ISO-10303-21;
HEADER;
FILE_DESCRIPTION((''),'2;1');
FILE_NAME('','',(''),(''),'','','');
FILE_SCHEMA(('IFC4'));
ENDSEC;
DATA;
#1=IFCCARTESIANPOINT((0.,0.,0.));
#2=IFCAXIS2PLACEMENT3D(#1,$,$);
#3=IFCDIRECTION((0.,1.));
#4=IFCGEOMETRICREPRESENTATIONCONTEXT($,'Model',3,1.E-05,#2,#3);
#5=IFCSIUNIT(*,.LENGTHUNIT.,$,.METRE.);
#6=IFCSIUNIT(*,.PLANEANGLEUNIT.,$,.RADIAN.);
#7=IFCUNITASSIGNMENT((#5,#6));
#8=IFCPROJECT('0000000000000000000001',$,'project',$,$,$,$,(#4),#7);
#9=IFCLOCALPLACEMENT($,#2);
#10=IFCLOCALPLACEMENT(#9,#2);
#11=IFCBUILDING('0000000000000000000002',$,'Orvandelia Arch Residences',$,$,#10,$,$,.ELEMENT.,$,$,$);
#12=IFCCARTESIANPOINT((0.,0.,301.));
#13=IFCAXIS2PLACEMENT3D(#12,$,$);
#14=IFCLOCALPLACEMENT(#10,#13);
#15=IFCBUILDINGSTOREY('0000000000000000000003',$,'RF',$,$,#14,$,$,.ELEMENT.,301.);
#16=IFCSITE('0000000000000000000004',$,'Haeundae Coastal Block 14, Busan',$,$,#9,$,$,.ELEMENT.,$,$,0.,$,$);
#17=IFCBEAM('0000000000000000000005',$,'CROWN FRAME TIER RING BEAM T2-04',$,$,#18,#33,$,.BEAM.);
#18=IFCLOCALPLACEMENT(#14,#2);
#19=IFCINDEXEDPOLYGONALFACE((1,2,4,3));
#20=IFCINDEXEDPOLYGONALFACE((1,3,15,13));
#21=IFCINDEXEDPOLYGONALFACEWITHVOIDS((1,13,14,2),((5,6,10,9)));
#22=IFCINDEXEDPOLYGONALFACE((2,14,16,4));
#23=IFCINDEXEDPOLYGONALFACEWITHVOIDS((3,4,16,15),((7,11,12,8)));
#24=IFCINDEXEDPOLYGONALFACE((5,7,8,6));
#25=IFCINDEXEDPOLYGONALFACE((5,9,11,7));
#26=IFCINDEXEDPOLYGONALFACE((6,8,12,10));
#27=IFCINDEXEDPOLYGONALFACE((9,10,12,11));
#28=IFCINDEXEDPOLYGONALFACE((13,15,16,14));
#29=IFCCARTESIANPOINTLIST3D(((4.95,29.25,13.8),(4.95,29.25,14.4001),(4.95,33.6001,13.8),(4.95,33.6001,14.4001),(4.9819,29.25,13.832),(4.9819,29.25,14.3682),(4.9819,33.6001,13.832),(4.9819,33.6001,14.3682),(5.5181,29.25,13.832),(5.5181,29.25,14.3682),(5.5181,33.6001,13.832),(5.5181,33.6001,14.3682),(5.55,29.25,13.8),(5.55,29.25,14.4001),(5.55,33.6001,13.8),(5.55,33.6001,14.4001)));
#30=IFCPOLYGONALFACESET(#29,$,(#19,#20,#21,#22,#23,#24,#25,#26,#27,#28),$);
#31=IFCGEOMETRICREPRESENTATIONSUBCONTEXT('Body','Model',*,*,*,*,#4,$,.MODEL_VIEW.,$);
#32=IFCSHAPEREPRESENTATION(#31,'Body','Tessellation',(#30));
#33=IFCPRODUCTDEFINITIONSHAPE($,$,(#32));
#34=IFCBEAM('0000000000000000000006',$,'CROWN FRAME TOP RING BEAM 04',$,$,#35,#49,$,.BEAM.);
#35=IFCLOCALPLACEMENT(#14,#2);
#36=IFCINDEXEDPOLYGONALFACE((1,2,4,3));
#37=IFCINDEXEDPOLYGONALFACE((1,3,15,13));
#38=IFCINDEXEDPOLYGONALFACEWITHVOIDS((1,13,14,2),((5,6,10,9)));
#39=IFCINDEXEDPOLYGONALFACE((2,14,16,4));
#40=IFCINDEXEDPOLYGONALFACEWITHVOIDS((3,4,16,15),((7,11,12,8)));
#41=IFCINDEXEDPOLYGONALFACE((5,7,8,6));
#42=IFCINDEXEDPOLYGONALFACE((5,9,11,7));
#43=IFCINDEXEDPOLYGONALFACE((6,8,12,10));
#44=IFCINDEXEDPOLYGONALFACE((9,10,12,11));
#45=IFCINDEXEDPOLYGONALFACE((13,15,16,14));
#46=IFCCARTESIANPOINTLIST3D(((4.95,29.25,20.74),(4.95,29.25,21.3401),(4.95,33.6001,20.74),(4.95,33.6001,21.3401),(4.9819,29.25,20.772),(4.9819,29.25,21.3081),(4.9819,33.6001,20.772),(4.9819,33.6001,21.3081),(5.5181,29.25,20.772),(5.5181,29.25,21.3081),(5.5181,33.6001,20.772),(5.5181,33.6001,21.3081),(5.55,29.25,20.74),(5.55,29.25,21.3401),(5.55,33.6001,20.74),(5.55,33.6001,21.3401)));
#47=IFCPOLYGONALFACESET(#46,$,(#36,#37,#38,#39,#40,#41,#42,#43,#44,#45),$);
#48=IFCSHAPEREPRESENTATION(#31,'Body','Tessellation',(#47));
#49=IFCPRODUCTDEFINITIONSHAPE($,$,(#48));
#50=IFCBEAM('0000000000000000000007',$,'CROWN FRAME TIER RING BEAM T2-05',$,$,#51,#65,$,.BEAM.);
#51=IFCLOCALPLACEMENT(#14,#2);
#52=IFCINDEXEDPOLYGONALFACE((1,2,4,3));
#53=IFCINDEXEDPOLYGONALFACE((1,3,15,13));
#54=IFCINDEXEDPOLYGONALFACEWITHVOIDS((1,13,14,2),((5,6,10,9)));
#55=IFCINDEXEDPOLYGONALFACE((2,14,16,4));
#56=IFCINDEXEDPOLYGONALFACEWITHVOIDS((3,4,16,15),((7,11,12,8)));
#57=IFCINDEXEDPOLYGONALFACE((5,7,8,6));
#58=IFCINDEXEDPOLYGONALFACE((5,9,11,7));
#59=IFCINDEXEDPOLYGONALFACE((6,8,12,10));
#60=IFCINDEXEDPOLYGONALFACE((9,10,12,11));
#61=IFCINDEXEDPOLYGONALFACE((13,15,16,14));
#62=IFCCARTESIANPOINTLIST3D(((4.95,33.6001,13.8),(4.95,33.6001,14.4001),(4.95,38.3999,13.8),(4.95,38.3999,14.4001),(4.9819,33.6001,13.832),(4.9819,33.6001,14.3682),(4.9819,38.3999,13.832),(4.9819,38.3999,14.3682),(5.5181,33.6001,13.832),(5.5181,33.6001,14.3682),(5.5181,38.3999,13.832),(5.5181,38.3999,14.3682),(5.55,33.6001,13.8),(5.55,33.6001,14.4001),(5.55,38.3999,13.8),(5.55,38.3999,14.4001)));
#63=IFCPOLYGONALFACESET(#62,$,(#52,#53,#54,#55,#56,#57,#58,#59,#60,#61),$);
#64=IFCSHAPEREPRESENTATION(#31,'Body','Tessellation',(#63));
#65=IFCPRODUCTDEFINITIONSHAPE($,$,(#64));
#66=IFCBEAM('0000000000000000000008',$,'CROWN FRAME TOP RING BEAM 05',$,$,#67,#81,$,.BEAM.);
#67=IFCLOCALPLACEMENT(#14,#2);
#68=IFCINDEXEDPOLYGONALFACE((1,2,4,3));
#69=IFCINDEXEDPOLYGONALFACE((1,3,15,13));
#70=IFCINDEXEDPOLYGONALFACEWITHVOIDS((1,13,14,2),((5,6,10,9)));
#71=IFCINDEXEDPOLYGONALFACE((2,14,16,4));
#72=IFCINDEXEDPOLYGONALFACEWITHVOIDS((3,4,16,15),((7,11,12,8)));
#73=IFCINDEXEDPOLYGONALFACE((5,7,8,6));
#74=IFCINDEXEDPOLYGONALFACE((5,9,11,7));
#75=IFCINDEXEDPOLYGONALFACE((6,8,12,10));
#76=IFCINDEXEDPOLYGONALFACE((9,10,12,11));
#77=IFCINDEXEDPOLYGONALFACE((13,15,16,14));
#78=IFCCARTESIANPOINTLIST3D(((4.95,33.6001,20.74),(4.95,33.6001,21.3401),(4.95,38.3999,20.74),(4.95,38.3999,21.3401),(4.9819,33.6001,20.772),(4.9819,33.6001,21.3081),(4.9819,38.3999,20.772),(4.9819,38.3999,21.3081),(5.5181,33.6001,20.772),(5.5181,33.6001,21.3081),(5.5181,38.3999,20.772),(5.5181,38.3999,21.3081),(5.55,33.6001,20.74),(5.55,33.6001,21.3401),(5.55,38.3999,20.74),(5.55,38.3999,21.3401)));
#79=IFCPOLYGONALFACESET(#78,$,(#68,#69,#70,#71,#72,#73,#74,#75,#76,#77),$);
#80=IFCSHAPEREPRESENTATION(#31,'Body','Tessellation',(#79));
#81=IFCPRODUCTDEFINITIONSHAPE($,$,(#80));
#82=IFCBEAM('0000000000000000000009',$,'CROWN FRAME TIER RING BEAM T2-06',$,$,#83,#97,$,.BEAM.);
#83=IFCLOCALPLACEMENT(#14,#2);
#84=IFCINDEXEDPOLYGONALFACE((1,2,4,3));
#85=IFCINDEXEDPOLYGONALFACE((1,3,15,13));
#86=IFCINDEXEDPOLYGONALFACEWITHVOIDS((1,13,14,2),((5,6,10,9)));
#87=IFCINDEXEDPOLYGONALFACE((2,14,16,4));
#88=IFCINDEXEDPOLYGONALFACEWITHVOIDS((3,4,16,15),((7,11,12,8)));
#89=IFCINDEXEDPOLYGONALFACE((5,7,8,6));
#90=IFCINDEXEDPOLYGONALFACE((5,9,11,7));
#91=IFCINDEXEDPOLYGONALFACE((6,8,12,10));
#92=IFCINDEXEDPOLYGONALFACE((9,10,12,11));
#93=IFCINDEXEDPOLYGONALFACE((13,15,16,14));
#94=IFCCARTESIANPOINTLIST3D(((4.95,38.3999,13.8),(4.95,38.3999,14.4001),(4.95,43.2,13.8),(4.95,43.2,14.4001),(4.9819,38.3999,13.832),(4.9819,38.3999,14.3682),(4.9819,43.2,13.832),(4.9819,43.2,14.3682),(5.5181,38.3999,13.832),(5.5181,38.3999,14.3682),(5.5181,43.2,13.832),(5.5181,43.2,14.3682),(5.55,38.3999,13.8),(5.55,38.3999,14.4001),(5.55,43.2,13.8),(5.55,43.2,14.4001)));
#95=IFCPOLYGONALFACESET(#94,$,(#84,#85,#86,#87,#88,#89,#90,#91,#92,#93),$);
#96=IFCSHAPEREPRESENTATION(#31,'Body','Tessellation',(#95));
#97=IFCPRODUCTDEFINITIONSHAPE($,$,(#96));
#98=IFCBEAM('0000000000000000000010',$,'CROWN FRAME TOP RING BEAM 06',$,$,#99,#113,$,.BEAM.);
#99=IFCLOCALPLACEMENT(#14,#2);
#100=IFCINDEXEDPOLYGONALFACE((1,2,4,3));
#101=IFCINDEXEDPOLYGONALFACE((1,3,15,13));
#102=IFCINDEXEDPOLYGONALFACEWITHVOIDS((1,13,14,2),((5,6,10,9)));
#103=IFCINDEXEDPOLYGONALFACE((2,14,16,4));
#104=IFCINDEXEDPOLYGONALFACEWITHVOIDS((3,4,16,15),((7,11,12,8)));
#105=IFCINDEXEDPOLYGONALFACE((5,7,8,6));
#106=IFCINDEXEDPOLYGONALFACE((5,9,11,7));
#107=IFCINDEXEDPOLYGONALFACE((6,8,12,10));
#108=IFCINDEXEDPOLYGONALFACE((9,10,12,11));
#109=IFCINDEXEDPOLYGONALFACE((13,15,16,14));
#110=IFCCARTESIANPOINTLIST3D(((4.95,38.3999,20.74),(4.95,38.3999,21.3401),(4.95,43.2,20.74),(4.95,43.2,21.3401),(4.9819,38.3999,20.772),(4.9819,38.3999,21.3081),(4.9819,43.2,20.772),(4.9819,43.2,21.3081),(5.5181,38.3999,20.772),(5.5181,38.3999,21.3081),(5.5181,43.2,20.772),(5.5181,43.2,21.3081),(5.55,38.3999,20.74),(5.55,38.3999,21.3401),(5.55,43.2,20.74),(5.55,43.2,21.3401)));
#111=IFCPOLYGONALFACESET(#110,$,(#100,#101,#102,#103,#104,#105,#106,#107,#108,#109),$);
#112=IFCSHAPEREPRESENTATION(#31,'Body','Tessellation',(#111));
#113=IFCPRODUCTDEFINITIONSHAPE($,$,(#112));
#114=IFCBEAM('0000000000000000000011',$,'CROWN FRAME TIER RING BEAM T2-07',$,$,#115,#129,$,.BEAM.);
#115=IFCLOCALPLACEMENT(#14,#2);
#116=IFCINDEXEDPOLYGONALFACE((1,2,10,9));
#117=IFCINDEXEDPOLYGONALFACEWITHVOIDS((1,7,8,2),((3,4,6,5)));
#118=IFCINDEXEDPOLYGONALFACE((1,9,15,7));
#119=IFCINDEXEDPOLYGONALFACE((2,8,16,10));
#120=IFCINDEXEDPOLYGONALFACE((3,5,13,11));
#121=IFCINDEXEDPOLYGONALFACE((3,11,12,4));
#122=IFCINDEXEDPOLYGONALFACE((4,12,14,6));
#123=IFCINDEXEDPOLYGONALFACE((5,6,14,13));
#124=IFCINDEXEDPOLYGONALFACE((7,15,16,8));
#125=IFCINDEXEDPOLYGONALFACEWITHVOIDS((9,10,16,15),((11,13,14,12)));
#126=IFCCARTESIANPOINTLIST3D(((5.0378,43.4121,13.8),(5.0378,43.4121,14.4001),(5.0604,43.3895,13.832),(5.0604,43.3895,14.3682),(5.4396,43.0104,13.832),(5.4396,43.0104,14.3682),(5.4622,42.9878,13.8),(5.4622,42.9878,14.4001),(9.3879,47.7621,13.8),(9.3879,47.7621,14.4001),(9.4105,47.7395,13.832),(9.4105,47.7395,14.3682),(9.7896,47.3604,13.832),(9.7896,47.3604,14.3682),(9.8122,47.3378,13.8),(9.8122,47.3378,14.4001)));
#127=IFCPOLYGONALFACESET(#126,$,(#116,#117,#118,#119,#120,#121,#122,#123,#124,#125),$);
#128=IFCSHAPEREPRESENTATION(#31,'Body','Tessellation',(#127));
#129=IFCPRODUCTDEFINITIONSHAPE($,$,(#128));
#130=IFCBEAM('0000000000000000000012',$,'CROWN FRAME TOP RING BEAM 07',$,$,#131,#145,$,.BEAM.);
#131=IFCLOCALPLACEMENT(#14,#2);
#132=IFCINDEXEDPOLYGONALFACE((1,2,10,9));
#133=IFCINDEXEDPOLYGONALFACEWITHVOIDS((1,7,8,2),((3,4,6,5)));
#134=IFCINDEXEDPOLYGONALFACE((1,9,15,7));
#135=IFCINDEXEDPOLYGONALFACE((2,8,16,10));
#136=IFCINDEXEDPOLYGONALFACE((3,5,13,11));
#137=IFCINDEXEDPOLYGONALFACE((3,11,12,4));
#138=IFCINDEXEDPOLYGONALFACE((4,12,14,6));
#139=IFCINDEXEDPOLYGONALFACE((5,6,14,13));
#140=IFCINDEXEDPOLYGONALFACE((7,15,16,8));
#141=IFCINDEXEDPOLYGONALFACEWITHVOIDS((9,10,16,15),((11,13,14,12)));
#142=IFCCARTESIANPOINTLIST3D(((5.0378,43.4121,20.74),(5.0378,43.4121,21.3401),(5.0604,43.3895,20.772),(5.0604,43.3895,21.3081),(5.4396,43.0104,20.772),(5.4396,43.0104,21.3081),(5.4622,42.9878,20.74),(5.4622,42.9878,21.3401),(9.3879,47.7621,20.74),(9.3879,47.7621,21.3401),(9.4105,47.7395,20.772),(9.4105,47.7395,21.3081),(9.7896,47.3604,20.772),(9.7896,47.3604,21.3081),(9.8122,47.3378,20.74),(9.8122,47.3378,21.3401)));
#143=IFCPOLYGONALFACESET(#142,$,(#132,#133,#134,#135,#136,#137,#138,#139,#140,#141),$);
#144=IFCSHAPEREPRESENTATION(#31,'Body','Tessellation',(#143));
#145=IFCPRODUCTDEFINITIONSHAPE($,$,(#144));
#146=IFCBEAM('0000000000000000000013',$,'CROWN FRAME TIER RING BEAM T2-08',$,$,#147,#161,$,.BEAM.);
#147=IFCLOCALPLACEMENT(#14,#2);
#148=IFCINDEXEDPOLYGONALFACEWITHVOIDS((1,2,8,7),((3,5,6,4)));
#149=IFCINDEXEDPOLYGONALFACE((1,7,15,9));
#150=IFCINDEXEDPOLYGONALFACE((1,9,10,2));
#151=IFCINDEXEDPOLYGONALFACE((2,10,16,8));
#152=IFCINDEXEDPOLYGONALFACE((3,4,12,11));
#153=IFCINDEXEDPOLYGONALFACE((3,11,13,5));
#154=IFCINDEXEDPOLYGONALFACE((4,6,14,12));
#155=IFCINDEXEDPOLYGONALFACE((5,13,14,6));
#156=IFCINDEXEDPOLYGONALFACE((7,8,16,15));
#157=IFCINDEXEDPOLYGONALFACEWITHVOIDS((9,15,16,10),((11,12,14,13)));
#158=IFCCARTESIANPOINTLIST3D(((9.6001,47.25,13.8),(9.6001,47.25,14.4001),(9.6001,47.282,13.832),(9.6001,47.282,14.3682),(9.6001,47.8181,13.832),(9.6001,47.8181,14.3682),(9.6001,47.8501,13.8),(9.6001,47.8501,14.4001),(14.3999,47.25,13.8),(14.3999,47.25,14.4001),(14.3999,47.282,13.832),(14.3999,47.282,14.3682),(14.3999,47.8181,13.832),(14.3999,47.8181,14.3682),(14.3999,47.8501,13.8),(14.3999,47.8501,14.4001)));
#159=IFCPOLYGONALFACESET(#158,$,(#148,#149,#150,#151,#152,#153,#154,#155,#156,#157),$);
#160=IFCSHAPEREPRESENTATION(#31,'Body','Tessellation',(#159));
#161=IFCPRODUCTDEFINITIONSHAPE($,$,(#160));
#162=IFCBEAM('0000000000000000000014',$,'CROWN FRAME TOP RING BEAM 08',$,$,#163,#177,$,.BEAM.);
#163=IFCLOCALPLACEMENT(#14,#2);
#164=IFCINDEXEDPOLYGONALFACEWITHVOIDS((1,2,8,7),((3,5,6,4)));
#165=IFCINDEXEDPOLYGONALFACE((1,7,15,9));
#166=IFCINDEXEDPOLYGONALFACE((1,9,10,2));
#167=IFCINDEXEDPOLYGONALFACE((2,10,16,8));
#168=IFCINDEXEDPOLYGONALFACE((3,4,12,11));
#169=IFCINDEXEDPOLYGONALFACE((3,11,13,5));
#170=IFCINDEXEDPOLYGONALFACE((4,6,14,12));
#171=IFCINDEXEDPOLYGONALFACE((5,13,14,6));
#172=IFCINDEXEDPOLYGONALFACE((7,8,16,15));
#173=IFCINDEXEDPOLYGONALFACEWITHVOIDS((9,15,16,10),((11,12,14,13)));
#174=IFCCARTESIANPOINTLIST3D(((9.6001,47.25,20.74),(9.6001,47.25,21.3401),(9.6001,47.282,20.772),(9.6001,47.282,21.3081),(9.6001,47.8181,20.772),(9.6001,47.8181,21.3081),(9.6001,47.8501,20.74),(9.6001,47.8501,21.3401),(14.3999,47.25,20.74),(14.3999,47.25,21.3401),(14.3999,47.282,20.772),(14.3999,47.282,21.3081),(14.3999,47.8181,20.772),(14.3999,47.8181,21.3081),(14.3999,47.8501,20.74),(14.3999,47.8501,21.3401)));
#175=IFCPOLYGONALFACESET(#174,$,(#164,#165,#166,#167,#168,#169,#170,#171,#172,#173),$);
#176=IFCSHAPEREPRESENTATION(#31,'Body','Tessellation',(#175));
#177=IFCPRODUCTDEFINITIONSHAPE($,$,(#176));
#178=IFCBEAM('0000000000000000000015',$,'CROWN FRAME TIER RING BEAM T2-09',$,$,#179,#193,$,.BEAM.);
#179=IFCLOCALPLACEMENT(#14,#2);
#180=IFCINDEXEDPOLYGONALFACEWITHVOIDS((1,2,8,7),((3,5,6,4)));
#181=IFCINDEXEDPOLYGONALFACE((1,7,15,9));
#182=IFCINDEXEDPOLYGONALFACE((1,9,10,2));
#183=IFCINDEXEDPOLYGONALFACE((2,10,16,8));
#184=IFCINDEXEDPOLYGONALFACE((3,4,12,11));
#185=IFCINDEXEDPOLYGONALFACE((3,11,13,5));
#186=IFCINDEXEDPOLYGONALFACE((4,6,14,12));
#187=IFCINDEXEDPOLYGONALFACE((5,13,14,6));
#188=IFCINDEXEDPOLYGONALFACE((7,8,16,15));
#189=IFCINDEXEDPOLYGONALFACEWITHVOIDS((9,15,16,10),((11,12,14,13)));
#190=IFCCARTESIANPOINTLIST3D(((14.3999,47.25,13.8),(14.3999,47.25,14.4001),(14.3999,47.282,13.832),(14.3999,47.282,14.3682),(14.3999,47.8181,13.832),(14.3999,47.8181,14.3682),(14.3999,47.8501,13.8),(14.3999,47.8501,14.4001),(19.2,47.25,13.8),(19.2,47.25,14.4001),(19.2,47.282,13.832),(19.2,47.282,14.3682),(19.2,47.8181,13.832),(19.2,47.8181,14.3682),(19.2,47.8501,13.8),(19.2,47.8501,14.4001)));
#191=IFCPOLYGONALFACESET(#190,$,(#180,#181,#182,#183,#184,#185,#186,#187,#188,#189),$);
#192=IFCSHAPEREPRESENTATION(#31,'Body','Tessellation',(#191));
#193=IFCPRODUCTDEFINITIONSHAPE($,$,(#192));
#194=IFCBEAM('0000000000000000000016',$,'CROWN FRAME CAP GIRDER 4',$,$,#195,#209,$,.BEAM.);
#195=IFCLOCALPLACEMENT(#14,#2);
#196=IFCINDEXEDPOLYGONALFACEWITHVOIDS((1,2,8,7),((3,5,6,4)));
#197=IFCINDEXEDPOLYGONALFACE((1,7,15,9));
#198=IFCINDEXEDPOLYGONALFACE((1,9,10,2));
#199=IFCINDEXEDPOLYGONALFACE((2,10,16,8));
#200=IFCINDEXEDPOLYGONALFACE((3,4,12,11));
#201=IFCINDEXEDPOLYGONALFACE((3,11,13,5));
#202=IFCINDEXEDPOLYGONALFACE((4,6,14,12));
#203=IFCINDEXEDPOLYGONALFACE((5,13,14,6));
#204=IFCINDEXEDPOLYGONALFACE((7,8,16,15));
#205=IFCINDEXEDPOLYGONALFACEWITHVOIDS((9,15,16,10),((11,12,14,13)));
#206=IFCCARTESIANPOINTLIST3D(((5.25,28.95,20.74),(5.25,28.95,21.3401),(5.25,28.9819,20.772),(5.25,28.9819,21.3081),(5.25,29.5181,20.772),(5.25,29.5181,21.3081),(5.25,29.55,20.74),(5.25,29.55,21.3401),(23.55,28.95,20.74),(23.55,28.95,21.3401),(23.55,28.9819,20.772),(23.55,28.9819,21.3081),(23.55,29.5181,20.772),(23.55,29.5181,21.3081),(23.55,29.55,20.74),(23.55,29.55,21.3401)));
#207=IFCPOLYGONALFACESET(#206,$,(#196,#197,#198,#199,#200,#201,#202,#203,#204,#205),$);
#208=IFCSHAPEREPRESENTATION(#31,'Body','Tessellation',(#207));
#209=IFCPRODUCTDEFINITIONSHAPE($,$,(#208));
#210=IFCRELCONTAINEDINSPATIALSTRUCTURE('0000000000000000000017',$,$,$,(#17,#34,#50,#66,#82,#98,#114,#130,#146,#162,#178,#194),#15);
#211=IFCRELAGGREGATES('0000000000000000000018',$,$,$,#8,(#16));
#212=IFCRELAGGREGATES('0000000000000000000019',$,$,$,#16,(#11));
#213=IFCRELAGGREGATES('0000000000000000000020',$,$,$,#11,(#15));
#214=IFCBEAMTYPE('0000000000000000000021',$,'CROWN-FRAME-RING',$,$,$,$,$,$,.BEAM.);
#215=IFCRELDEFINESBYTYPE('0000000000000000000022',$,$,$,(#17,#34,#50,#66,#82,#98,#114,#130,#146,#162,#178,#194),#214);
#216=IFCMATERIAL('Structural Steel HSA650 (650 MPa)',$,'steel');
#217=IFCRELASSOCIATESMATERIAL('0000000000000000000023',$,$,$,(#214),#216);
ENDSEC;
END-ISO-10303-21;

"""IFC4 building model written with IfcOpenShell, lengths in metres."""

from ifc_helpers import new_model, si_unit, direction, frame, origin, origin_2d, place, context, subcontext, project, spatial, hollow_rectangle, extrude, material, material_profile, profile_set, type_object, element, save


model = new_model("IFC4")

# Units and contexts
model_context = context("Model", 3, precision=1e-05, world=origin(), true_north=direction((0.0, 1.0)))
body_context = subcontext(model_context, "Body", "Model", "MODEL_VIEW")
ifc_project = project(units=[si_unit("LENGTHUNIT", "METRE"), si_unit("PLANEANGLEUNIT", "RADIAN")], contexts=[model_context])

# Site, building, storey
site_placement = place(None, origin())
site = spatial("IfcSite", under=ifc_project, at=site_placement, Name="Haeundae Coastal Block 14, Busan", CompositionType="ELEMENT", RefElevation=0.0)
building_placement = place(site_placement, origin())
building = spatial("IfcBuilding", under=site, at=building_placement, Name="Orvandelia Arch Residences", CompositionType="ELEMENT")
storey_placement = place(building_placement, frame((0.0, 0.0, 301.0)))
storey = spatial("IfcBuildingStorey", under=building, at=storey_placement, Name="RF", CompositionType="ELEMENT", Elevation=301.0)

# Beams
ifc_material_1 = material(Name="Structural Steel HSA650 (650 MPa)", Category="steel")
ifc_material_profile_1 = material_profile(ifc_material_1, hollow_rectangle(XDim=0.6001, YDim=0.6001, WallThickness=0.032, at=origin_2d()), Name="Structural Steel HSA650 (650 MPa)", Category="steel")
ifc_profile_set_1 = profile_set([ifc_material_profile_1], Name="Structural Steel HSA650 (650 MPa)")
beam_type = type_object("IfcBeamType", Name="CROWN-FRAME-RING", PredefinedType="BEAM", material=ifc_profile_set_1)
for number, where, z_axis, x_axis, name in (
    (1, (5.25, 29.25, 14.1001), (0.0, 1.0, 0.0), (-1.0, 0.0, 0.0), "CROWN FRAME TIER RING BEAM T2-04"),
    (2, (5.25, 29.25, 21.04), (0.0, 1.0, 0.0), (-1.0, 0.0, 0.0), "CROWN FRAME TOP RING BEAM 04"),
):
    element("IfcBeam", number, at=place(storey_placement, frame(where, z_axis=z_axis, x_axis=x_axis)), inside=storey, type_object=beam_type, Name=name, PredefinedType="BEAM", context=body_context, shape_type="SweptSolid", body=[
        extrude(hollow_rectangle(XDim=0.6001, YDim=0.6001, WallThickness=0.032, at=origin_2d()), origin(), (0.0, 0.0, 1.0), 4.3501),
    ])
for number, where, z_axis, x_axis, name in (
    (3, (5.25, 33.6001, 14.1001), (0.0, 1.0, 0.0), (-1.0, 0.0, 0.0), "CROWN FRAME TIER RING BEAM T2-05"),
    (4, (5.25, 33.6001, 21.04), (0.0, 1.0, 0.0), (-1.0, 0.0, 0.0), "CROWN FRAME TOP RING BEAM 05"),
):
    element("IfcBeam", number, at=place(storey_placement, frame(where, z_axis=z_axis, x_axis=x_axis)), inside=storey, type_object=beam_type, Name=name, PredefinedType="BEAM", context=body_context, shape_type="SweptSolid", body=[
        extrude(hollow_rectangle(XDim=0.6001, YDim=0.6001, WallThickness=0.032, at=origin_2d()), origin(), (0.0, 0.0, 1.0), 4.7998),
    ])
for number, where, z_axis, x_axis, name in (
    (5, (5.25, 38.3999, 14.1001), (0.0, 1.0, 0.0), (-1.0, 0.0, 0.0), "CROWN FRAME TIER RING BEAM T2-06"),
    (6, (5.25, 38.3999, 21.04), (0.0, 1.0, 0.0), (-1.0, 0.0, 0.0), "CROWN FRAME TOP RING BEAM 06"),
):
    element("IfcBeam", number, at=place(storey_placement, frame(where, z_axis=z_axis, x_axis=x_axis)), inside=storey, type_object=beam_type, Name=name, PredefinedType="BEAM", context=body_context, shape_type="SweptSolid", body=[
        extrude(hollow_rectangle(XDim=0.6001, YDim=0.6001, WallThickness=0.032, at=origin_2d()), origin(), (0.0, 0.0, 1.0), 4.8),
    ])
for number, where, z_axis, x_axis, name in (
    (7, (5.25, 43.2, 14.1001), (0.707107, 0.707107, 0.0), (-0.707107, 0.707107, 0.0), "CROWN FRAME TIER RING BEAM T2-07"),
    (8, (5.25, 43.2, 21.04), (0.707107, 0.707107, 0.0), (-0.707107, 0.707107, 0.0), "CROWN FRAME TOP RING BEAM 07"),
):
    element("IfcBeam", number, at=place(storey_placement, frame(where, z_axis=z_axis, x_axis=x_axis)), inside=storey, type_object=beam_type, Name=name, PredefinedType="BEAM", context=body_context, shape_type="SweptSolid", body=[
        extrude(hollow_rectangle(XDim=0.6001, YDim=0.6001, WallThickness=0.032, at=origin_2d()), origin(), (0.0, 0.0, 1.0), 6.1519),
    ])
for number, where, z_axis, x_axis, name in (
    (9, (9.6001, 47.55, 14.1001), (1.0, 0.0, 0.0), (0.0, 1.0, 0.0), "CROWN FRAME TIER RING BEAM T2-08"),
    (10, (9.6001, 47.55, 21.04), (1.0, 0.0, 0.0), (0.0, 1.0, 0.0), "CROWN FRAME TOP RING BEAM 08"),
):
    element("IfcBeam", number, at=place(storey_placement, frame(where, z_axis=z_axis, x_axis=x_axis)), inside=storey, type_object=beam_type, Name=name, PredefinedType="BEAM", context=body_context, shape_type="SweptSolid", body=[
        extrude(hollow_rectangle(XDim=0.6001, YDim=0.6001, WallThickness=0.032, at=origin_2d()), origin(), (0.0, 0.0, 1.0), 4.7998),
    ])
beam_placement = place(storey_placement, frame((14.3999, 47.55, 14.1001), z_axis=(1.0, 0.0, 0.0), x_axis=(0.0, 1.0, 0.0)))
element("IfcBeam", 11, at=beam_placement, inside=storey, type_object=beam_type, Name="CROWN FRAME TIER RING BEAM T2-09", PredefinedType="BEAM", context=body_context, shape_type="SweptSolid", body=[
    extrude(hollow_rectangle(XDim=0.6001, YDim=0.6001, WallThickness=0.032, at=origin_2d()), origin(), (0.0, 0.0, 1.0), 4.8),
])
for number, where, z_axis, x_axis, name in (
    (12, (5.25, 29.25, 21.04), (1.0, 0.0, 0.0), (0.0, 1.0, 0.0), "CROWN FRAME CAP GIRDER 4"),
):
    element("IfcBeam", number, at=place(storey_placement, frame(where, z_axis=z_axis, x_axis=x_axis)), inside=storey, type_object=beam_type, Name=name, PredefinedType="BEAM", context=body_context, shape_type="SweptSolid", body=[
        extrude(hollow_rectangle(XDim=0.6001, YDim=0.6001, WallThickness=0.032, at=origin_2d()), origin(), (0.0, 0.0, 1.0), 18.3),
    ])

save(model, "model.ifc")
